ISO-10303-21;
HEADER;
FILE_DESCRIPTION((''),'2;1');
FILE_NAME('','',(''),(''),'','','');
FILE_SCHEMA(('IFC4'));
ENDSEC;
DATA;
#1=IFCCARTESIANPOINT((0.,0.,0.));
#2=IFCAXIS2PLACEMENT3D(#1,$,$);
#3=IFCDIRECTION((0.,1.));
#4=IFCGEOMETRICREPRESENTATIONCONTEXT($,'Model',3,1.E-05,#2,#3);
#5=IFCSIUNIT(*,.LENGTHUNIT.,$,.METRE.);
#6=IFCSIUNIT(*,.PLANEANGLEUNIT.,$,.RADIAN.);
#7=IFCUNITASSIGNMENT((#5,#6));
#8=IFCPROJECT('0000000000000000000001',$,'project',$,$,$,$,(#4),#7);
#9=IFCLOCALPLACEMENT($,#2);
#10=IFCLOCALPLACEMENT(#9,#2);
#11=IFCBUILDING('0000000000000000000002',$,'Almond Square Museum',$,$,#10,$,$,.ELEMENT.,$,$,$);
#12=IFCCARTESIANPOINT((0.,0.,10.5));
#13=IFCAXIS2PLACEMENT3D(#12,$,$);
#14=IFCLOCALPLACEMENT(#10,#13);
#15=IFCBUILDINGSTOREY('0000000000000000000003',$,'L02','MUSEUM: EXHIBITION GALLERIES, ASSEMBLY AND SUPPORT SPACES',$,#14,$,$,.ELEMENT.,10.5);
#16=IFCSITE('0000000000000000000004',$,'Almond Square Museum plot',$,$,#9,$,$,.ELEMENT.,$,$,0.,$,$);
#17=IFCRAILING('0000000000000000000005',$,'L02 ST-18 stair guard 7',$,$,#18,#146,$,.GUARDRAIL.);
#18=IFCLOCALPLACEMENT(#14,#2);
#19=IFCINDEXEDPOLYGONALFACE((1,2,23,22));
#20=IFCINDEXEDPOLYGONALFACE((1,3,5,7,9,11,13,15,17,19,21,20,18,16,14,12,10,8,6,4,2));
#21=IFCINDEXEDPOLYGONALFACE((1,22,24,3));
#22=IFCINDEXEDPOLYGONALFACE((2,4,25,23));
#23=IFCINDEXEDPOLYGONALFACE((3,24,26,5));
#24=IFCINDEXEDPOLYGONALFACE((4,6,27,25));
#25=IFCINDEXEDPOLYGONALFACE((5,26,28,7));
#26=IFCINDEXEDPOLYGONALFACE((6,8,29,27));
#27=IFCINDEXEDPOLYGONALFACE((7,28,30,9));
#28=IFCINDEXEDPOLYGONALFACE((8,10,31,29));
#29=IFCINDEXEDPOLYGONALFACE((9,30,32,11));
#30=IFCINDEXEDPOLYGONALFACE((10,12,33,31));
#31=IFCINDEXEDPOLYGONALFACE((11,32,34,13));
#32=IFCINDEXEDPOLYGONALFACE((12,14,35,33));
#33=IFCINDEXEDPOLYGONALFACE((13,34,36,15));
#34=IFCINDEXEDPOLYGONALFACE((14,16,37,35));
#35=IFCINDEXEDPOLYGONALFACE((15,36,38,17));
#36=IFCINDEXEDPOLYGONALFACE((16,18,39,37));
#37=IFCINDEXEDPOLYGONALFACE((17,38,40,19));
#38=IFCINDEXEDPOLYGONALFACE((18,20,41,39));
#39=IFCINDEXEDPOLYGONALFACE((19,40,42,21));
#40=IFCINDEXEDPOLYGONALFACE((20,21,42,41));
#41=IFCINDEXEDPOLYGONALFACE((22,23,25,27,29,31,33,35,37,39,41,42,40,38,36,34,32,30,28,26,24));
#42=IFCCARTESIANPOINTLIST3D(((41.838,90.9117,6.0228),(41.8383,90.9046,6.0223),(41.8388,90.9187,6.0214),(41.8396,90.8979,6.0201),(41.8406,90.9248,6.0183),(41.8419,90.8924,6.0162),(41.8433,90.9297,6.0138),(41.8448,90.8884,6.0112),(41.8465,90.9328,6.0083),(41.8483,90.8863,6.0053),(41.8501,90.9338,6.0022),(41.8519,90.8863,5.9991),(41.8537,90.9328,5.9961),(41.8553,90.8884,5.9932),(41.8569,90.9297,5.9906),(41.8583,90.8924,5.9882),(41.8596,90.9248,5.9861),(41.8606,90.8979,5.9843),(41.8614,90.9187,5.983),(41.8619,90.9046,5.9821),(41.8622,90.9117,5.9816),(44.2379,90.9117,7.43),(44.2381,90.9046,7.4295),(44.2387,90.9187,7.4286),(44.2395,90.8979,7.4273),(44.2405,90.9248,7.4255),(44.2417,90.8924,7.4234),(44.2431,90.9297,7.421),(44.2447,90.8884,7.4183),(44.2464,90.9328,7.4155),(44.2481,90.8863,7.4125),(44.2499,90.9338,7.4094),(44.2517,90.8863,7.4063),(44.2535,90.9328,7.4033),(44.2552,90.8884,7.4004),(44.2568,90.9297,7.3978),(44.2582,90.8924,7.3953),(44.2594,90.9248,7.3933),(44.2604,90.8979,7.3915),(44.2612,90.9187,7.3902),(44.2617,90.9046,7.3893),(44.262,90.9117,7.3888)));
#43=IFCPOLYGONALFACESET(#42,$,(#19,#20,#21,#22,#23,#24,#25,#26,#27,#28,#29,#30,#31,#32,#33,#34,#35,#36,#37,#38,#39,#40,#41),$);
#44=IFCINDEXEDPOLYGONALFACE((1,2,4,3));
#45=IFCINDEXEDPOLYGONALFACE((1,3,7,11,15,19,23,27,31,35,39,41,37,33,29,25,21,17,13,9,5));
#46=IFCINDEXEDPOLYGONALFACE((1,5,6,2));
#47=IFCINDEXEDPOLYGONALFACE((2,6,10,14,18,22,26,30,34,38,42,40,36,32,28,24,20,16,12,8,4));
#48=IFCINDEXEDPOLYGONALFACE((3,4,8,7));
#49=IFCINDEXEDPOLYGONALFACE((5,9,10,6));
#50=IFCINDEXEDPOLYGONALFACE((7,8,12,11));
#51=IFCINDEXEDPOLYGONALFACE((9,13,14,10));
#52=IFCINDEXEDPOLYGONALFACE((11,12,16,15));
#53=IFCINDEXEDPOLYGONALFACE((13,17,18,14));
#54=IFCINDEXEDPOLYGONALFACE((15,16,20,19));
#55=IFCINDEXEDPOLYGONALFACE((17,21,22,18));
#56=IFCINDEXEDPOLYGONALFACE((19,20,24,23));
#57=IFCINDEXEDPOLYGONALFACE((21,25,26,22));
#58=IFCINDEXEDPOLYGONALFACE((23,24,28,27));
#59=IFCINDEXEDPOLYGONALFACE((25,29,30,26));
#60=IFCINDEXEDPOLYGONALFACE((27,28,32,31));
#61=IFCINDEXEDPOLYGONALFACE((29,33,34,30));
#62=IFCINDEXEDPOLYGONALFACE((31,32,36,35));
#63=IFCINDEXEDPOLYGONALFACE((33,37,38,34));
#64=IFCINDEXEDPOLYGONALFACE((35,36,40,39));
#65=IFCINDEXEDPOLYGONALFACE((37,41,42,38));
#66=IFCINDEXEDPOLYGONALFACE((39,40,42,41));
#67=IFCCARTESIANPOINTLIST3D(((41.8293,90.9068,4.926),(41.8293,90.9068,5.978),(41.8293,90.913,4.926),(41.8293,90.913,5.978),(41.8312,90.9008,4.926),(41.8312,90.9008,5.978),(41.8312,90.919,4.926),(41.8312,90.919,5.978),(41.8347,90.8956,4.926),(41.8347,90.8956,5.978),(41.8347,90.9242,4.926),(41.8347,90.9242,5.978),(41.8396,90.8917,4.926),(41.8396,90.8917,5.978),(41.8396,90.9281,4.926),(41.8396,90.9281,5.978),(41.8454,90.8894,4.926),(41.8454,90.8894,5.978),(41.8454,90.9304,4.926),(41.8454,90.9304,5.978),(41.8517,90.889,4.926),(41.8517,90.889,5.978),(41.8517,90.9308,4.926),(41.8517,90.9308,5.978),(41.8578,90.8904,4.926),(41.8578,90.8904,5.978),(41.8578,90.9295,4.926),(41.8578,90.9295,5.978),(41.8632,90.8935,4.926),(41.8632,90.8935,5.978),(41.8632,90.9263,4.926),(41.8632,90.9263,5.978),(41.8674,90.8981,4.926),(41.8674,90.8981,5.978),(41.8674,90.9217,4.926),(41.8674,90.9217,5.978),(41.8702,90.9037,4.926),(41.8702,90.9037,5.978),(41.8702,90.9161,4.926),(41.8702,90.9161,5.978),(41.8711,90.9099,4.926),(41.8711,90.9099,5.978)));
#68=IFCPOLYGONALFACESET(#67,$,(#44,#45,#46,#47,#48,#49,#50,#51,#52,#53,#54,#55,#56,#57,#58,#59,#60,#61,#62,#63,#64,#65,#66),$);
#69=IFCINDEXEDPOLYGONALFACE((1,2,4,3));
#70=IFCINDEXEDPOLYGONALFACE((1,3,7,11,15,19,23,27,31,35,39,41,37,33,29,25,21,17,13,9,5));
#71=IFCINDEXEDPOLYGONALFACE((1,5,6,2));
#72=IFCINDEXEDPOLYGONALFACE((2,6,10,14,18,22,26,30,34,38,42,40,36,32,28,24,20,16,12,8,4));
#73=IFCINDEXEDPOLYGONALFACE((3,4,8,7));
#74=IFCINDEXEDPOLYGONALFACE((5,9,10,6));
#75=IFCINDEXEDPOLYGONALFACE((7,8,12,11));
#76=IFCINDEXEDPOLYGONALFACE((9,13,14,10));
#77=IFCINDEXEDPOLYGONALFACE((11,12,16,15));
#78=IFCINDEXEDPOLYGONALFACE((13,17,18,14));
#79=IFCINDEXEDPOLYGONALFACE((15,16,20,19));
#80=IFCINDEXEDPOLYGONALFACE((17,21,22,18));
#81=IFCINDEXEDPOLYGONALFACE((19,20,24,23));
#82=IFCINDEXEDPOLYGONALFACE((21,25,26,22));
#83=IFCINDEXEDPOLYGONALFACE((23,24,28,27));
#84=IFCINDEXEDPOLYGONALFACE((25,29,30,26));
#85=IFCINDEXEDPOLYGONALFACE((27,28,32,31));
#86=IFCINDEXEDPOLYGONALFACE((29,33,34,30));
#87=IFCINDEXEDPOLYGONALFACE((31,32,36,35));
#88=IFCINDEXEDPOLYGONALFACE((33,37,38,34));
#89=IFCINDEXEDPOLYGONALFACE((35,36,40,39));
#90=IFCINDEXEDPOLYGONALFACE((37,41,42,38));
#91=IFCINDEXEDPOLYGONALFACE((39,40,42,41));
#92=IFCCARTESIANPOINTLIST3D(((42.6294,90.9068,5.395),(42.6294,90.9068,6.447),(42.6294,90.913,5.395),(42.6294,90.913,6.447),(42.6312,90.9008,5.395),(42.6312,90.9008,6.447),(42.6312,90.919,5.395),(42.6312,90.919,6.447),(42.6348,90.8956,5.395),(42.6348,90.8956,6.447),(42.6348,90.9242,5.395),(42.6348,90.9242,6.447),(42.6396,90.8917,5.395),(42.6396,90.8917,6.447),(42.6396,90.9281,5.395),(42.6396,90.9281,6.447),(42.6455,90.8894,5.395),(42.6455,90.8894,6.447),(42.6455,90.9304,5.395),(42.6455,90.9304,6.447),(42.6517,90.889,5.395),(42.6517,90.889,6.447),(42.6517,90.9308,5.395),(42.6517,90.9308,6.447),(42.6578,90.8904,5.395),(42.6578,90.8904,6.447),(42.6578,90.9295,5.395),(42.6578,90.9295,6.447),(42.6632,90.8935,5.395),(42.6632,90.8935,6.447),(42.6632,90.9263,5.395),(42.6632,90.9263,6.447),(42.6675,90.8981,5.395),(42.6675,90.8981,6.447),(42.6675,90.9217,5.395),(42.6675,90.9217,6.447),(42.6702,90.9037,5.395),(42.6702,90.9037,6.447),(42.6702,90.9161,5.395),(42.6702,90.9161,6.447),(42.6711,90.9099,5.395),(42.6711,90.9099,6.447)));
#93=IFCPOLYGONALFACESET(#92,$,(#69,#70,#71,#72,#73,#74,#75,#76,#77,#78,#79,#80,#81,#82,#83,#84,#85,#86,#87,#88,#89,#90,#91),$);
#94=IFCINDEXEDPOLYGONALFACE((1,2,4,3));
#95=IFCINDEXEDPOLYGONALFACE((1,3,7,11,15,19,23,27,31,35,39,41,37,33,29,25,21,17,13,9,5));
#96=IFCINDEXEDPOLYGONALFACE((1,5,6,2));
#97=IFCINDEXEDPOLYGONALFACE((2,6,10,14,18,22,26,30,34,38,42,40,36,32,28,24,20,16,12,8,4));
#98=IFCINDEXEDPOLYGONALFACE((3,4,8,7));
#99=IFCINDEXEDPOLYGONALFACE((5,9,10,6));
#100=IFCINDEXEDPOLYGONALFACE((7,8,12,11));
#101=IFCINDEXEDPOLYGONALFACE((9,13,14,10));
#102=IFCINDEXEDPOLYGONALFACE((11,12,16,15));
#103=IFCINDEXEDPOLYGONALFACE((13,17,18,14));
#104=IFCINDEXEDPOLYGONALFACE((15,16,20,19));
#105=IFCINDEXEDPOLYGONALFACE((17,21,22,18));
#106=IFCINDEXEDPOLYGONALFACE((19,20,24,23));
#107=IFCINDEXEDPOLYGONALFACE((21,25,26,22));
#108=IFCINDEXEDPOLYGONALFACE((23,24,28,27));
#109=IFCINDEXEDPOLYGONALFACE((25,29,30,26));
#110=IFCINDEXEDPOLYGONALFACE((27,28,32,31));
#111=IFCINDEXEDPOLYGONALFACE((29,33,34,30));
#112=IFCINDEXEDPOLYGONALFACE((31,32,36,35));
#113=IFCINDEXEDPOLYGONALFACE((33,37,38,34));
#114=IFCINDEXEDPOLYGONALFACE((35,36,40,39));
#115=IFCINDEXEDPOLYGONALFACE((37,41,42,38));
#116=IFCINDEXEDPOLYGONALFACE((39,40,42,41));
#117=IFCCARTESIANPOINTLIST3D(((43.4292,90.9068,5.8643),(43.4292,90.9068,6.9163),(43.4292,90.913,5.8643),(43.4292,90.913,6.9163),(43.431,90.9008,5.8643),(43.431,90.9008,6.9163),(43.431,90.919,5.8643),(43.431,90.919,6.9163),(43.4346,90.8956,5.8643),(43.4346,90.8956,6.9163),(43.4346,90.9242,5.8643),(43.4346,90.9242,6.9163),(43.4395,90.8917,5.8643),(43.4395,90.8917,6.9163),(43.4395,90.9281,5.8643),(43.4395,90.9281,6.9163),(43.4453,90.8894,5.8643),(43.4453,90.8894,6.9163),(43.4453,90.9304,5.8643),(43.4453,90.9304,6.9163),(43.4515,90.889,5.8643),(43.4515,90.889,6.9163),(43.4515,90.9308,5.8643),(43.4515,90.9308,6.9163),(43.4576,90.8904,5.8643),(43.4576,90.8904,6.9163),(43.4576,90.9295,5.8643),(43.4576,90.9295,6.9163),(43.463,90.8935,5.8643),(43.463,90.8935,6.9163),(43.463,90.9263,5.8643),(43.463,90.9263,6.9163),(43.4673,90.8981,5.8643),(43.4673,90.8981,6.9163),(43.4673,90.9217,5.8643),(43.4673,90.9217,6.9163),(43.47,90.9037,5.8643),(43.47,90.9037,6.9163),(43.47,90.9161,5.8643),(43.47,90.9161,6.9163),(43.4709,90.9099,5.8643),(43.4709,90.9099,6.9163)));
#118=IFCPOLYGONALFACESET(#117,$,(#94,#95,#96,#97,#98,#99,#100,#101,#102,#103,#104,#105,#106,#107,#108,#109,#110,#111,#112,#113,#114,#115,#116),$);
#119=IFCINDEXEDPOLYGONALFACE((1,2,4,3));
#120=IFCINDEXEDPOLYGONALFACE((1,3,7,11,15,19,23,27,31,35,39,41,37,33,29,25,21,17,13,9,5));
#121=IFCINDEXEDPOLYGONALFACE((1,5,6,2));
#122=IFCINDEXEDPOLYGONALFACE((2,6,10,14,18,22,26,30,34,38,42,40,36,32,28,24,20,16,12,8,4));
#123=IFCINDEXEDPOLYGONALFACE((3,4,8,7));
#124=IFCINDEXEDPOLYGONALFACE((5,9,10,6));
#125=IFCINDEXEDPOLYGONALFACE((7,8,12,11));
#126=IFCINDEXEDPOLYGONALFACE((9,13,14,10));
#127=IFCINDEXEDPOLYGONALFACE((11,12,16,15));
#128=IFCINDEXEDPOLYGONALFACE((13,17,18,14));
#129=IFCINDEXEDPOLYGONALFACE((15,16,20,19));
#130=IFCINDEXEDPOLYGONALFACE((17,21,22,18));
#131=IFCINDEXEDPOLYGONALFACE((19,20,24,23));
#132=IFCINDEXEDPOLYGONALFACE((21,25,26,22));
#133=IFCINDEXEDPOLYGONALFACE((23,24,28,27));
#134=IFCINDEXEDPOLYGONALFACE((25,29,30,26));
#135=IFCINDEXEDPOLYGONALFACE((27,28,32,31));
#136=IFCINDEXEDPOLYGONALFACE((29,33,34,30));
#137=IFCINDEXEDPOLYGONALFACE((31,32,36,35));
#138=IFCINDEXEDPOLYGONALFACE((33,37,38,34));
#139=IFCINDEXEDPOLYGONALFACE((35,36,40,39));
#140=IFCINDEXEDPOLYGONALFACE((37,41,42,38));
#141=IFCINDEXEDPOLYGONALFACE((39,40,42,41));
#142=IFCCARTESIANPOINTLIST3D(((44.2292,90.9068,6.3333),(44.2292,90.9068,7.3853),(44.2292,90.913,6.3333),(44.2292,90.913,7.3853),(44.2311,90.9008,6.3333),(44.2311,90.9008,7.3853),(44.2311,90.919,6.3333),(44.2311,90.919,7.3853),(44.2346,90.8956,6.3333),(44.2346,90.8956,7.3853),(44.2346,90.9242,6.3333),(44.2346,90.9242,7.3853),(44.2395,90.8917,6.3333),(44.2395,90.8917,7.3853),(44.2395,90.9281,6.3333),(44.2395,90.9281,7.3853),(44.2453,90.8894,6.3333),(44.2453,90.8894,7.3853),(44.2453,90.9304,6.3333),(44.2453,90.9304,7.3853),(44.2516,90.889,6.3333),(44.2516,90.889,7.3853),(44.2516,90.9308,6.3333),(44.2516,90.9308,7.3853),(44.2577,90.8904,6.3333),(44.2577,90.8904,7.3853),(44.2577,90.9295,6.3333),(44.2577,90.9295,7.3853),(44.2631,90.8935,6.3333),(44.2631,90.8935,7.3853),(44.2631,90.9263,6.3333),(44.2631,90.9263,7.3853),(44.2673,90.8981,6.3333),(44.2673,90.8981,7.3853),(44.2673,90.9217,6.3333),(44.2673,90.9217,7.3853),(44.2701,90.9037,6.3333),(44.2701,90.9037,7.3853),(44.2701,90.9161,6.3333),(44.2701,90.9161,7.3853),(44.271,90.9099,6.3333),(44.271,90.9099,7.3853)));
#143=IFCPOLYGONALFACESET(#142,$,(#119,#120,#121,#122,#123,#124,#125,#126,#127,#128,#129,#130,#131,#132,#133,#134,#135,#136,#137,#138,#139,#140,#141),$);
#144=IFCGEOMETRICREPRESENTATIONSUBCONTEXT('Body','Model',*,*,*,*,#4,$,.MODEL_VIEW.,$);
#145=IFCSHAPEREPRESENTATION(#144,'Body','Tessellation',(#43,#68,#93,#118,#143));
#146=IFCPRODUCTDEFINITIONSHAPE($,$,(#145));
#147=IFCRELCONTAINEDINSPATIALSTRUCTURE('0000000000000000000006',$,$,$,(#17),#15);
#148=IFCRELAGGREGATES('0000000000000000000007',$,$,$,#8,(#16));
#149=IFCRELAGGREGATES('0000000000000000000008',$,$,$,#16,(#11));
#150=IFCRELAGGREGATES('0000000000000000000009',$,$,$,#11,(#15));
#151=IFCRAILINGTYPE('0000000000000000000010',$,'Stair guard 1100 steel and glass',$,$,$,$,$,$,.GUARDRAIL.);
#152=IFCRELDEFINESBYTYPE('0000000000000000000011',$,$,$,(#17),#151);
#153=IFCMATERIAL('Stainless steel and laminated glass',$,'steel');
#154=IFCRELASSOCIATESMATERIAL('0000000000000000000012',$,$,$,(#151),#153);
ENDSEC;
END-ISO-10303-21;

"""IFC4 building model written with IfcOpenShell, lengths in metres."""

from ifc_helpers import new_model, si_unit, direction, frame, origin, origin_2d, place, context, subcontext, project, spatial, circle, extrude, material, type_object, element, save


model = new_model("IFC4")

# Units and contexts
model_context = context("Model", 3, precision=1e-05, world=origin(), true_north=direction((0.0, 1.0)))
body_context = subcontext(model_context, "Body", "Model", "MODEL_VIEW")
ifc_project = project(units=[si_unit("LENGTHUNIT", "METRE"), si_unit("PLANEANGLEUNIT", "RADIAN")], contexts=[model_context])

# Site, building, storey
site_placement = place(None, origin())
site = spatial("IfcSite", under=ifc_project, at=site_placement, Name="Almond Square Museum plot", CompositionType="ELEMENT", RefElevation=0.0)
building_placement = place(site_placement, origin())
building = spatial("IfcBuilding", under=site, at=building_placement, Name="Almond Square Museum", CompositionType="ELEMENT")
storey_placement = place(building_placement, frame((0.0, 0.0, 10.5)))
storey = spatial("IfcBuildingStorey", under=building, at=storey_placement, Name="L02", Description="MUSEUM: EXHIBITION GALLERIES, ASSEMBLY AND SUPPORT SPACES", CompositionType="ELEMENT", Elevation=10.5)

# Railing
ifc_material_1 = material(Name="Stainless steel and laminated glass", Category="steel")
railing_type_1 = type_object("IfcRailingType", Name="Stair guard 1100 steel and glass", PredefinedType="GUARDRAIL", material=ifc_material_1)
railing_1_placement = place(storey_placement, frame((41.8501, 90.9099, 4.926)))
element("IfcRailing", 1, at=railing_1_placement, inside=storey, type_object=railing_type_1, Name="L02 ST-18 stair guard 7", PredefinedType="GUARDRAIL", context=body_context, shape_type="SweptSolid", body=[
    extrude(circle(Radius=0.0239, at=origin_2d()), frame((0.0, 0.0, 1.0762), z_axis=(0.862637, 0.0, 0.505823), x_axis=(0.0, 1.0, 0.0)), (0.0, 0.0, 1.0), 2.782),
    extrude(circle(Radius=0.021, at=origin_2d()), origin(), (0.0, 0.0, 1.0), 1.052),
    extrude(circle(Radius=0.021, at=origin_2d()), frame((0.8, 0.0, 0.469)), (0.0, 0.0, 1.0), 1.052),
    extrude(circle(Radius=0.021, at=origin_2d()), frame((1.5999, 0.0, 0.9382)), (0.0, 0.0, 1.0), 1.052),
    extrude(circle(Radius=0.021, at=origin_2d()), frame((2.3999, 0.0, 1.4072)), (0.0, 0.0, 1.0), 1.052),
])

save(model, "model.ifc")
